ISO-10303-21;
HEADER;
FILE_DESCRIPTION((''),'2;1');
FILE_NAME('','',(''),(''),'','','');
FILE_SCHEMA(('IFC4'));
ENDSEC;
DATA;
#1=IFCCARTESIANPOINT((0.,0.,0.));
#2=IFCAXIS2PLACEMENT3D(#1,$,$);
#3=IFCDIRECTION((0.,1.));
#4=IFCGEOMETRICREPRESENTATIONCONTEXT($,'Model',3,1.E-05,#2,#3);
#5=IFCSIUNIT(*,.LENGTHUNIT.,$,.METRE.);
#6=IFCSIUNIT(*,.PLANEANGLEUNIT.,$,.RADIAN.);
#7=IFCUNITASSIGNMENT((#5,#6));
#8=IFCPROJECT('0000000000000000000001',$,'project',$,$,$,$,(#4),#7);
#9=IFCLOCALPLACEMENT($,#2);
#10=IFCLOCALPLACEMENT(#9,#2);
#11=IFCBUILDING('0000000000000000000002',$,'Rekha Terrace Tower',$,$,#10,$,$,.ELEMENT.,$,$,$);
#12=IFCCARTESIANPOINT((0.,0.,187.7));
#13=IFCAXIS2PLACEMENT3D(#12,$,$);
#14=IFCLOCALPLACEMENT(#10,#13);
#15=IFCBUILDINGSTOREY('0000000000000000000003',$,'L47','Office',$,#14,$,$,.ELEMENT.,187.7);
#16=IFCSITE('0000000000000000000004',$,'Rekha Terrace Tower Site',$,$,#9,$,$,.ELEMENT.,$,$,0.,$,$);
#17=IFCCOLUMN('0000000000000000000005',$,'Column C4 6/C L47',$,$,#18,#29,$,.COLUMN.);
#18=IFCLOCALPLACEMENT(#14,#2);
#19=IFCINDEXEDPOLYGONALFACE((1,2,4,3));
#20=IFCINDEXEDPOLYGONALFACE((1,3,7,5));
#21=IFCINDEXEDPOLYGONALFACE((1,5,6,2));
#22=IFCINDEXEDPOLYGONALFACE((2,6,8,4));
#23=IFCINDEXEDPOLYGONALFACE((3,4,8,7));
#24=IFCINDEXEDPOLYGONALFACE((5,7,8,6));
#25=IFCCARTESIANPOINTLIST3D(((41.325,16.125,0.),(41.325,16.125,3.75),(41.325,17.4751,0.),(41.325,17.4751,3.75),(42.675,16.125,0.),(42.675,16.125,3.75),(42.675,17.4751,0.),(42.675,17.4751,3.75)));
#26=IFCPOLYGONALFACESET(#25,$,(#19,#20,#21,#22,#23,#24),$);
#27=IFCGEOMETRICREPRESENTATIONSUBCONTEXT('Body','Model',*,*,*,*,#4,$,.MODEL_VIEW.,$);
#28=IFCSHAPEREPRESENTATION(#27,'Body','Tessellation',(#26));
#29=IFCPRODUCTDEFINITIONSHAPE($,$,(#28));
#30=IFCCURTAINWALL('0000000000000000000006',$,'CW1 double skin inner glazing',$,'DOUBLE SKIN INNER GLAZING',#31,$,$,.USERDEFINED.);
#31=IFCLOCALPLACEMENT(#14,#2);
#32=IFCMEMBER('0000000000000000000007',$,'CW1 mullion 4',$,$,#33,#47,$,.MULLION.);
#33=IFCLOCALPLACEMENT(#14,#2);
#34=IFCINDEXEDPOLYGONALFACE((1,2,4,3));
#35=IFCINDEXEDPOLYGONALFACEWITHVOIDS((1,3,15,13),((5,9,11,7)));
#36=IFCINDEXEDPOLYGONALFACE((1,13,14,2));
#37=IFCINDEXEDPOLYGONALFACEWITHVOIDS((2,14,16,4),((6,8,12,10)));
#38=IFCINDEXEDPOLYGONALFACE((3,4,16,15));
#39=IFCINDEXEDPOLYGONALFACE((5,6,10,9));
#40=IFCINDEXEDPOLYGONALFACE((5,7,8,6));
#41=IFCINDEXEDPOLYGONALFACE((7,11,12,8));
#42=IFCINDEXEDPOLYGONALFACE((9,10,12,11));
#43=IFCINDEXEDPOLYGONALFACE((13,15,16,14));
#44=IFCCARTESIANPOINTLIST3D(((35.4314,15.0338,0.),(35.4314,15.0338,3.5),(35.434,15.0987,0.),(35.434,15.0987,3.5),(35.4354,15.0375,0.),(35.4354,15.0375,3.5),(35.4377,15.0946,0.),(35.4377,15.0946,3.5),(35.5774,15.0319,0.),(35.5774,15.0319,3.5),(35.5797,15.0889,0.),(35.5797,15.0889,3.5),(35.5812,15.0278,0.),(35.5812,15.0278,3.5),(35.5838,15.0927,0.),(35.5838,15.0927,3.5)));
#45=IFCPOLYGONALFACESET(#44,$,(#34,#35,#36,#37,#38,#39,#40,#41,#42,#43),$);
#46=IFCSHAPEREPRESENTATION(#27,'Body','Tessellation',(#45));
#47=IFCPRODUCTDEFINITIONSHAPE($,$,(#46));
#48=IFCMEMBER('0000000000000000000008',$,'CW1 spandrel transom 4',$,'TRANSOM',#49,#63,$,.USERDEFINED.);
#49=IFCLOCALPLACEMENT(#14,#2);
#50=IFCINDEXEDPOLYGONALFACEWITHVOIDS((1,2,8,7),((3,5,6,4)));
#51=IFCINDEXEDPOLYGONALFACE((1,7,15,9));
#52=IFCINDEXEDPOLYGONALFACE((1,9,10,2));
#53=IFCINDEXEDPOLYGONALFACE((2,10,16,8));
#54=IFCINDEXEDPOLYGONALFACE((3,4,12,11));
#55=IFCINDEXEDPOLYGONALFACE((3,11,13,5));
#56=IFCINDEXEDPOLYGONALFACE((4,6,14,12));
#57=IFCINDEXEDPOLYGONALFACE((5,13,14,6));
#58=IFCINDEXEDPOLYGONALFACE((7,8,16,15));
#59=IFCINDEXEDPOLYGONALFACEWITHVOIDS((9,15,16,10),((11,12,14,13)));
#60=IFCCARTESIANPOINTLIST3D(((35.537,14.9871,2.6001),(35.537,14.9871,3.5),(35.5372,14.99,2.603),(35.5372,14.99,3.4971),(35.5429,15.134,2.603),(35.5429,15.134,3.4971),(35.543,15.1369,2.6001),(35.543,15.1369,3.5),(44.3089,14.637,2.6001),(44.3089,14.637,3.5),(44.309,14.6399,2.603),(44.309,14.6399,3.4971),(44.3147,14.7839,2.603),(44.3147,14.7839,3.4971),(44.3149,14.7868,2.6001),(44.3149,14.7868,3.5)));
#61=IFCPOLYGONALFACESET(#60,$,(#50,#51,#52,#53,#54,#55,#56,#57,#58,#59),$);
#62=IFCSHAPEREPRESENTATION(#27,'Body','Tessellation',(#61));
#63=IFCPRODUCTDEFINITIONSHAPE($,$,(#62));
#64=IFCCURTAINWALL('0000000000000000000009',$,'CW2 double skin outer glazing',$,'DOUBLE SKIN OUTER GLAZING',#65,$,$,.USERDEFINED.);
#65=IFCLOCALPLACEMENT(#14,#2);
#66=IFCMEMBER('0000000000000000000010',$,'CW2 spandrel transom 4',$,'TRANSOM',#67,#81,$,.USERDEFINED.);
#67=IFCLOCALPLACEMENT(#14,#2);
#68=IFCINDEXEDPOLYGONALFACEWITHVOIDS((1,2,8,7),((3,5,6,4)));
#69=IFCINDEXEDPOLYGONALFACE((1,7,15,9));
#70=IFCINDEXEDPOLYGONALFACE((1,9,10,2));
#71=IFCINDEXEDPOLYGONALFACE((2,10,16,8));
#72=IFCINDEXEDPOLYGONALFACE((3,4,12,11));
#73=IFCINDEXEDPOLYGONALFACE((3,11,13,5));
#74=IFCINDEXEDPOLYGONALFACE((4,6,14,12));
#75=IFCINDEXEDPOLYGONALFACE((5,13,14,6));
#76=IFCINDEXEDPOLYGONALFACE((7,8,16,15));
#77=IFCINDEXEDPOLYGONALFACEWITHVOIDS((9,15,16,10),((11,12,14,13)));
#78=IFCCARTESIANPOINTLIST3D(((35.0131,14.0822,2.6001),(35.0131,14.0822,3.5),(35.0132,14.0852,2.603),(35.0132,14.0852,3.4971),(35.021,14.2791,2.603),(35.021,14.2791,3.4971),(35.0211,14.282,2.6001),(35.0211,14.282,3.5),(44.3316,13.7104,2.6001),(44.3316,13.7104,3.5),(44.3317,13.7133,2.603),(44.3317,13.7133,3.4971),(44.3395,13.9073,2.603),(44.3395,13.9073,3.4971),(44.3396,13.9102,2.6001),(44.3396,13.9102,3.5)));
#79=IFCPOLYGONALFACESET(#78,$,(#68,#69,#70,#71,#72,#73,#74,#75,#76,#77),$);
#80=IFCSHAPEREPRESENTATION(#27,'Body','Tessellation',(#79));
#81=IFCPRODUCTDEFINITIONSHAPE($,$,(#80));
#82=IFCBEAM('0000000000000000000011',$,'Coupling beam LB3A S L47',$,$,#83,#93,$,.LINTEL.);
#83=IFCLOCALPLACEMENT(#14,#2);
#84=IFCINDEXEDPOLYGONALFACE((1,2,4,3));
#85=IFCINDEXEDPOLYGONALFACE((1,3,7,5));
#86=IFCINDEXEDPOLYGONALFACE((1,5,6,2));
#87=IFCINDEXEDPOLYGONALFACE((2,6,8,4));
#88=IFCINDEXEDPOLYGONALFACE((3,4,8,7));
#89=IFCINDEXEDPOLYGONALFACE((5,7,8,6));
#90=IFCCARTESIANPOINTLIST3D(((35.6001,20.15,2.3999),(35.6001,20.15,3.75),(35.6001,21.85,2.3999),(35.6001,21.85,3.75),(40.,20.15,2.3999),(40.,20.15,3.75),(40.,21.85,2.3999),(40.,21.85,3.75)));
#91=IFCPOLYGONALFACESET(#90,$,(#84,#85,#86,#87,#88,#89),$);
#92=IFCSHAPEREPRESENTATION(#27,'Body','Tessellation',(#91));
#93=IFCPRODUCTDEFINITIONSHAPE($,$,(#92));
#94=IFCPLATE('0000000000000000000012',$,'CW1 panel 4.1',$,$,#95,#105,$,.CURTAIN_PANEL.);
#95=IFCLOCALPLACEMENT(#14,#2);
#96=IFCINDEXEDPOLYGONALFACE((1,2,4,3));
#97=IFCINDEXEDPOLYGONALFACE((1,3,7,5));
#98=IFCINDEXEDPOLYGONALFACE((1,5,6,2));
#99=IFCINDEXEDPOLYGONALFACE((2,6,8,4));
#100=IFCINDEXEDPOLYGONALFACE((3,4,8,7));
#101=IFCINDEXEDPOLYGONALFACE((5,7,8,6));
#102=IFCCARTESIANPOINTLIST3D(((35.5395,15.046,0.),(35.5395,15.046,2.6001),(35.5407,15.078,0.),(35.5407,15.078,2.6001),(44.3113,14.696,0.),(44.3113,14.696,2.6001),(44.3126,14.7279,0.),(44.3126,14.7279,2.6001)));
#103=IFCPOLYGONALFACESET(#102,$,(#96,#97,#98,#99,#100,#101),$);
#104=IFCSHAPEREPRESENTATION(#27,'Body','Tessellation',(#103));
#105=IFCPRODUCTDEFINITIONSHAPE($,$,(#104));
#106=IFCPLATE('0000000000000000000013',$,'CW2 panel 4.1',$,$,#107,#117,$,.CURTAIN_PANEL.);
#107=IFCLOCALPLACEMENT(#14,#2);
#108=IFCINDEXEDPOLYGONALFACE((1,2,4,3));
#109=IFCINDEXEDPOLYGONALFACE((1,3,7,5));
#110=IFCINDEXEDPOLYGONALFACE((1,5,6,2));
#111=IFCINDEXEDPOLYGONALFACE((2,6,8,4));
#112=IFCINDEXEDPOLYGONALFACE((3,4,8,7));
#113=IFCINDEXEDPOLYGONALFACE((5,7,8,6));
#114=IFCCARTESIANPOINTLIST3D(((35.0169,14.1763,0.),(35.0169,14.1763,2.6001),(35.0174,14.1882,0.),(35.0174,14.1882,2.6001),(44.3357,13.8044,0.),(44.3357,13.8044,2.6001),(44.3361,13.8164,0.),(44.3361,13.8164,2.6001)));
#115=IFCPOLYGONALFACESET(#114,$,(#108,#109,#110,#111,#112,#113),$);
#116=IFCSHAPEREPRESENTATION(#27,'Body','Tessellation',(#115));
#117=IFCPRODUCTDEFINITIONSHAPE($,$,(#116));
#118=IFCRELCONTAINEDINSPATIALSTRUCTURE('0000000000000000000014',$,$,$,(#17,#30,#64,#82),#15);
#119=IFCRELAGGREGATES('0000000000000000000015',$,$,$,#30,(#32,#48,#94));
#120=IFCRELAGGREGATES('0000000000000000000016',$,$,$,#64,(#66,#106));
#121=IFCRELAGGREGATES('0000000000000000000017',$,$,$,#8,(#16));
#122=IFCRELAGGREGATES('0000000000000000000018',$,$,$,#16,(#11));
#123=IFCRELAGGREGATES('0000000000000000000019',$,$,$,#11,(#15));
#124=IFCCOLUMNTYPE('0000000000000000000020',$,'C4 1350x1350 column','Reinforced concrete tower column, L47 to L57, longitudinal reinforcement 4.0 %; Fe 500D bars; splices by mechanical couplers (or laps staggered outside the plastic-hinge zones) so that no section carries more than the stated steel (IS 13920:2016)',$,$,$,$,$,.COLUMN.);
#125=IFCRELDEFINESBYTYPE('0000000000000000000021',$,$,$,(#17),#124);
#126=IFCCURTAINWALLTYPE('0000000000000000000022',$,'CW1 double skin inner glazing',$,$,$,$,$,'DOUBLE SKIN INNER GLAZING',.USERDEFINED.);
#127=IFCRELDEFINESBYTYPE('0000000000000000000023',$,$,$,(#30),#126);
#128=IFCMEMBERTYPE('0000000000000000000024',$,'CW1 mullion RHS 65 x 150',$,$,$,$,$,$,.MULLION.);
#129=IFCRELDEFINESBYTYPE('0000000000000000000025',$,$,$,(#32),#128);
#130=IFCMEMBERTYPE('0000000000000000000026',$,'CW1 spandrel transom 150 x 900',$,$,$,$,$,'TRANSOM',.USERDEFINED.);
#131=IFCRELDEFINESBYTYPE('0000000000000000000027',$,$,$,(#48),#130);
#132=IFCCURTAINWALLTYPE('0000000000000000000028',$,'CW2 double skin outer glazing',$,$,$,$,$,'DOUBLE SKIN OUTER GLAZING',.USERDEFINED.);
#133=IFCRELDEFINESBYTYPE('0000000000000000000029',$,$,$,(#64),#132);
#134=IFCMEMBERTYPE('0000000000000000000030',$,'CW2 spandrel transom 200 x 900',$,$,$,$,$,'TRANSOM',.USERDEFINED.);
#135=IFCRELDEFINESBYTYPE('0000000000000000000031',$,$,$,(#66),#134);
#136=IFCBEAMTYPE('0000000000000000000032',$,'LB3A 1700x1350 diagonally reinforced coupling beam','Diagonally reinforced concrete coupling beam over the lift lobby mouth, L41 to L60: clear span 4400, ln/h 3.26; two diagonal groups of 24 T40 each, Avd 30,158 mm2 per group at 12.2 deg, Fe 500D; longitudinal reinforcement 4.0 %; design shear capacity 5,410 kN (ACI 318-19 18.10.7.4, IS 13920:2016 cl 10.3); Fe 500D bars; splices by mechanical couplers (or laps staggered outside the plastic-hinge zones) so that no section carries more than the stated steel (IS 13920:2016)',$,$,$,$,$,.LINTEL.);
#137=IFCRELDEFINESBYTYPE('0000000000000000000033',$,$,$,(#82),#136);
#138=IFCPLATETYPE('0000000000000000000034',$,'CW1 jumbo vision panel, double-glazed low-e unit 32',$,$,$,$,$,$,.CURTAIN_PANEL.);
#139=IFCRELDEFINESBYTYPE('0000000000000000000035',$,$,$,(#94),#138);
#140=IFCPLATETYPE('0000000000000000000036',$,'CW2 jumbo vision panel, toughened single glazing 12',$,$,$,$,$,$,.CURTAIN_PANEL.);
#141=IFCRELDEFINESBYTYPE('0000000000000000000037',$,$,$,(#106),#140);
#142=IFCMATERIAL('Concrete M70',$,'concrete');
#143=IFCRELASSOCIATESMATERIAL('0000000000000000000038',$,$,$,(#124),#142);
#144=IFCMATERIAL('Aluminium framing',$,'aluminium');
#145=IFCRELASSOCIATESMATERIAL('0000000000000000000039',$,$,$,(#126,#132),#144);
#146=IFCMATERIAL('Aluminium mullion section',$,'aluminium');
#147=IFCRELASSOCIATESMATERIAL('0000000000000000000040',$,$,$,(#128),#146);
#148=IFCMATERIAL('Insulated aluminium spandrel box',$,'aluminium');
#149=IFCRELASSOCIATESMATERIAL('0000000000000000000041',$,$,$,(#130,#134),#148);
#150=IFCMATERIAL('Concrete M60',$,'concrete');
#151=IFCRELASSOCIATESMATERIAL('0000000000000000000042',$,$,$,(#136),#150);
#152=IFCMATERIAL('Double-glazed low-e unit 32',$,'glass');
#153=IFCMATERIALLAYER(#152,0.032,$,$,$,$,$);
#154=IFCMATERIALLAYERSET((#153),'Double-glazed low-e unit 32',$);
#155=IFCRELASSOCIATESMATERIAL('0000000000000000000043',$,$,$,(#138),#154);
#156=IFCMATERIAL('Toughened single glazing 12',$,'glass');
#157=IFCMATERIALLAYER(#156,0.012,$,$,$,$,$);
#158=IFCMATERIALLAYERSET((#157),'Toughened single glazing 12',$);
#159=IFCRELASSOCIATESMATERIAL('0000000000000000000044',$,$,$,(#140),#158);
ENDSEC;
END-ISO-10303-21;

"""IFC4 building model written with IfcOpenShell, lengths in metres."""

from ifc_helpers import new_model, si_unit, direction, frame, origin, origin_2d, place, context, subcontext, project, spatial, rectangle, hollow_rectangle, extrude, material, layer, layer_set, material_profile, profile_set, type_object, element, aggregate, save


model = new_model("IFC4")

# Units and contexts
model_context = context("Model", 3, precision=1e-05, world=origin(), true_north=direction((0.0, 1.0)))
body_context = subcontext(model_context, "Body", "Model", "MODEL_VIEW")
ifc_project = project(units=[si_unit("LENGTHUNIT", "METRE"), si_unit("PLANEANGLEUNIT", "RADIAN")], contexts=[model_context])

# Site, building, storey
site_placement = place(None, origin())
site = spatial("IfcSite", under=ifc_project, at=site_placement, Name="Rekha Terrace Tower Site", CompositionType="ELEMENT", RefElevation=0.0)
building_placement = place(site_placement, origin())
building = spatial("IfcBuilding", under=site, at=building_placement, Name="Rekha Terrace Tower", CompositionType="ELEMENT")
storey_placement = place(building_placement, frame((0.0, 0.0, 187.7)))
storey = spatial("IfcBuildingStorey", under=building, at=storey_placement, Name="L47", Description="Office", CompositionType="ELEMENT", Elevation=187.7)

# Column
ifc_material_1 = material(Name="Concrete M70", Category="concrete")
ifc_material_profile_1 = material_profile(ifc_material_1, rectangle(XDim=1.3501, YDim=1.3501, at=origin_2d()), Name="RC 1350x1350")
ifc_profile_set_1 = profile_set([ifc_material_profile_1], Name="Concrete M70")
column_type = type_object("IfcColumnType", Name="C4 1350x1350 column", Description="Reinforced concrete tower column, L47 to L57, longitudinal reinforcement 4.0 %; Fe 500D bars; splices by mechanical couplers (or laps staggered outside the plastic-hinge zones) so that no section carries more than the stated steel (IS 13920:2016)", PredefinedType="COLUMN", material=ifc_profile_set_1)
column_placement = place(storey_placement, frame((42.0, 16.8, 0.0), z_axis=(0.0, 0.0, 1.0), x_axis=(1.0, 0.0, 0.0)))
element("IfcColumn", 1, at=column_placement, inside=storey, type_object=column_type, Name="Column C4 6/C L47", PredefinedType="COLUMN", context=body_context, shape_type="SweptSolid", body=[
    extrude(rectangle(XDim=1.3501, YDim=1.3501, at=origin_2d()), origin(), (0.0, 0.0, 1.0), 3.75),
])

# Curtain wall, members
ifc_material_2 = material(Name="Aluminium framing", Category="aluminium")
curtain_wall_type_1 = type_object("IfcCurtainWallType", Name="CW1 double skin inner glazing", ElementType="DOUBLE SKIN INNER GLAZING", PredefinedType="USERDEFINED", material=ifc_material_2)
curtain_wall_1_placement = place(storey_placement, origin())
curtain_wall_1 = element("IfcCurtainWall", 2, at=curtain_wall_1_placement, inside=storey, type_object=curtain_wall_type_1, Name="CW1 double skin inner glazing", ObjectType="DOUBLE SKIN INNER GLAZING", PredefinedType="USERDEFINED")
ifc_material_3 = material(Name="Aluminium mullion section", Category="aluminium")
ifc_material_profile_2 = material_profile(ifc_material_3, hollow_rectangle(XDim=0.0649, YDim=0.1499, WallThickness=0.0039, at=origin_2d()), Name="AL RHS 65x150")
ifc_profile_set_2 = profile_set([ifc_material_profile_2], Name="Aluminium mullion section")
member_type_1 = type_object("IfcMemberType", Name="CW1 mullion RHS 65 x 150", PredefinedType="MULLION", material=ifc_profile_set_2)
member_1_placement = place(storey_placement, frame((35.5076, 15.0632, 0.0), z_axis=(0.0, 0.0, 1.0), x_axis=(0.039872, 0.999205, 0.0)))
member_1 = element("IfcMember", 3, at=member_1_placement, type_object=member_type_1, Name="CW1 mullion 4", PredefinedType="MULLION", context=body_context, shape_type="SweptSolid", body=[
    extrude(hollow_rectangle(XDim=0.0649, YDim=0.1499, WallThickness=0.0039, at=origin_2d()), origin(), (0.0, 0.0, 1.0), 3.5),
])
ifc_material_4 = material(Name="Insulated aluminium spandrel box", Category="aluminium")
ifc_material_profile_3 = material_profile(ifc_material_4, hollow_rectangle(XDim=0.1499, YDim=0.8999, WallThickness=0.0029, at=origin_2d()), Name="AL SPANDREL BOX 150x900")
ifc_profile_set_3 = profile_set([ifc_material_profile_3], Name="Insulated aluminium spandrel box")
member_type_2 = type_object("IfcMemberType", Name="CW1 spandrel transom 150 x 900", ElementType="TRANSOM", PredefinedType="USERDEFINED", material=ifc_profile_set_3)
member_2_placement = place(storey_placement, frame((35.54, 15.062, 3.05), z_axis=(0.999204, -0.03988, 0.0), x_axis=(0.03988, 0.999204, 0.0)))
member_2 = element("IfcMember", 4, at=member_2_placement, type_object=member_type_2, Name="CW1 spandrel transom 4", ObjectType="TRANSOM", PredefinedType="USERDEFINED", context=body_context, shape_type="SweptSolid", body=[
    extrude(hollow_rectangle(XDim=0.1499, YDim=0.8999, WallThickness=0.0029, at=origin_2d()), origin(), (0.0, 0.0, 1.0), 8.7788),
])

# Curtain wall, member
curtain_wall_type_2 = type_object("IfcCurtainWallType", Name="CW2 double skin outer glazing", ElementType="DOUBLE SKIN OUTER GLAZING", PredefinedType="USERDEFINED", material=ifc_material_2)
curtain_wall_2_placement = place(storey_placement, origin())
curtain_wall_2 = element("IfcCurtainWall", 5, at=curtain_wall_2_placement, inside=storey, type_object=curtain_wall_type_2, Name="CW2 double skin outer glazing", ObjectType="DOUBLE SKIN OUTER GLAZING", PredefinedType="USERDEFINED")
ifc_material_profile_4 = material_profile(ifc_material_4, hollow_rectangle(XDim=0.2, YDim=0.8999, WallThickness=0.0029, at=origin_2d()), Name="AL SPANDREL BOX 200x900")
ifc_profile_set_4 = profile_set([ifc_material_profile_4], Name="Insulated aluminium spandrel box")
member_type_3 = type_object("IfcMemberType", Name="CW2 spandrel transom 200 x 900", ElementType="TRANSOM", PredefinedType="USERDEFINED", material=ifc_profile_set_4)
member_3_placement = place(storey_placement, frame((35.0171, 14.1821, 3.05), z_axis=(0.999205, -0.03987, 0.0), x_axis=(0.03987, 0.999205, 0.0)))
member_3 = element("IfcMember", 6, at=member_3_placement, type_object=member_type_3, Name="CW2 spandrel transom 4", ObjectType="TRANSOM", PredefinedType="USERDEFINED", context=body_context, shape_type="SweptSolid", body=[
    extrude(hollow_rectangle(XDim=0.2, YDim=0.8999, WallThickness=0.0029, at=origin_2d()), origin(), (0.0, 0.0, 1.0), 9.3259),
])

# Beam
ifc_material_5 = material(Name="Concrete M60", Category="concrete")
ifc_material_profile_5 = material_profile(ifc_material_5, rectangle(XDim=1.7, YDim=1.3501, at=origin_2d()), Name="RC 1700x1350")
ifc_profile_set_5 = profile_set([ifc_material_profile_5], Name="Concrete M60")
beam_type = type_object("IfcBeamType", Name="LB3A 1700x1350 diagonally reinforced coupling beam", Description="Diagonally reinforced concrete coupling beam over the lift lobby mouth, L41 to L60: clear span 4400, ln/h 3.26; two diagonal groups of 24 T40 each, Avd 30,158 mm2 per group at 12.2 deg, Fe 500D; longitudinal reinforcement 4.0 %; design shear capacity 5,410 kN (ACI 318-19 18.10.7.4, IS 13920:2016 cl 10.3); Fe 500D bars; splices by mechanical couplers (or laps staggered outside the plastic-hinge zones) so that no section carries more than the stated steel (IS 13920:2016)", PredefinedType="LINTEL", material=ifc_profile_set_5)
beam_placement = place(storey_placement, frame((35.6001, 21.0, 3.075), z_axis=(1.0, 0.0, 0.0), x_axis=(0.0, 1.0, 0.0)))
element("IfcBeam", 7, at=beam_placement, inside=storey, type_object=beam_type, Name="Coupling beam LB3A S L47", PredefinedType="LINTEL", context=body_context, shape_type="SweptSolid", body=[
    extrude(rectangle(XDim=1.7, YDim=1.3501, at=origin_2d()), origin(), (0.0, 0.0, 1.0), 4.3999),
])

# Plates
ifc_material_6 = material(Name="Double-glazed low-e unit 32", Category="glass")
ifc_layer_1 = layer(ifc_material_6, 0.032)
ifc_layer_set_1 = layer_set([ifc_layer_1], Name="Double-glazed low-e unit 32")
plate_type_1 = type_object("IfcPlateType", Name="CW1 jumbo vision panel, double-glazed low-e unit 32", PredefinedType="CURTAIN_PANEL", material=ifc_layer_set_1)
plate_1_placement = place(storey_placement, frame((39.926, 14.887, 0.0), z_axis=(0.0, 0.0, 1.0), x_axis=(0.999205, -0.039872, 0.0)))
plate_1 = element("IfcPlate", 8, at=plate_1_placement, type_object=plate_type_1, Name="CW1 panel 4.1", PredefinedType="CURTAIN_PANEL", context=body_context, shape_type="SweptSolid", body=[
    extrude(rectangle(XDim=8.7788, YDim=0.032, at=origin_2d()), origin(), (0.0, 0.0, 1.0), 2.6001),
])
aggregate(curtain_wall_1, [member_1, member_2, plate_1])
ifc_material_7 = material(Name="Toughened single glazing 12", Category="glass")
ifc_layer_2 = layer(ifc_material_7, 0.012)
ifc_layer_set_2 = layer_set([ifc_layer_2], Name="Toughened single glazing 12")
plate_type_2 = type_object("IfcPlateType", Name="CW2 jumbo vision panel, toughened single glazing 12", PredefinedType="CURTAIN_PANEL", material=ifc_layer_set_2)
plate_2_placement = place(storey_placement, frame((39.6765, 13.9963, 0.0), z_axis=(0.0, 0.0, 1.0), x_axis=(0.999205, -0.039872, 0.0)))
plate_2 = element("IfcPlate", 9, at=plate_2_placement, type_object=plate_type_2, Name="CW2 panel 4.1", PredefinedType="CURTAIN_PANEL", context=body_context, shape_type="SweptSolid", body=[
    extrude(rectangle(XDim=9.3262, YDim=0.012, at=origin_2d()), origin(), (0.0, 0.0, 1.0), 2.6001),
])
aggregate(curtain_wall_2, [member_3, plate_2])

save(model, "model.ifc")
